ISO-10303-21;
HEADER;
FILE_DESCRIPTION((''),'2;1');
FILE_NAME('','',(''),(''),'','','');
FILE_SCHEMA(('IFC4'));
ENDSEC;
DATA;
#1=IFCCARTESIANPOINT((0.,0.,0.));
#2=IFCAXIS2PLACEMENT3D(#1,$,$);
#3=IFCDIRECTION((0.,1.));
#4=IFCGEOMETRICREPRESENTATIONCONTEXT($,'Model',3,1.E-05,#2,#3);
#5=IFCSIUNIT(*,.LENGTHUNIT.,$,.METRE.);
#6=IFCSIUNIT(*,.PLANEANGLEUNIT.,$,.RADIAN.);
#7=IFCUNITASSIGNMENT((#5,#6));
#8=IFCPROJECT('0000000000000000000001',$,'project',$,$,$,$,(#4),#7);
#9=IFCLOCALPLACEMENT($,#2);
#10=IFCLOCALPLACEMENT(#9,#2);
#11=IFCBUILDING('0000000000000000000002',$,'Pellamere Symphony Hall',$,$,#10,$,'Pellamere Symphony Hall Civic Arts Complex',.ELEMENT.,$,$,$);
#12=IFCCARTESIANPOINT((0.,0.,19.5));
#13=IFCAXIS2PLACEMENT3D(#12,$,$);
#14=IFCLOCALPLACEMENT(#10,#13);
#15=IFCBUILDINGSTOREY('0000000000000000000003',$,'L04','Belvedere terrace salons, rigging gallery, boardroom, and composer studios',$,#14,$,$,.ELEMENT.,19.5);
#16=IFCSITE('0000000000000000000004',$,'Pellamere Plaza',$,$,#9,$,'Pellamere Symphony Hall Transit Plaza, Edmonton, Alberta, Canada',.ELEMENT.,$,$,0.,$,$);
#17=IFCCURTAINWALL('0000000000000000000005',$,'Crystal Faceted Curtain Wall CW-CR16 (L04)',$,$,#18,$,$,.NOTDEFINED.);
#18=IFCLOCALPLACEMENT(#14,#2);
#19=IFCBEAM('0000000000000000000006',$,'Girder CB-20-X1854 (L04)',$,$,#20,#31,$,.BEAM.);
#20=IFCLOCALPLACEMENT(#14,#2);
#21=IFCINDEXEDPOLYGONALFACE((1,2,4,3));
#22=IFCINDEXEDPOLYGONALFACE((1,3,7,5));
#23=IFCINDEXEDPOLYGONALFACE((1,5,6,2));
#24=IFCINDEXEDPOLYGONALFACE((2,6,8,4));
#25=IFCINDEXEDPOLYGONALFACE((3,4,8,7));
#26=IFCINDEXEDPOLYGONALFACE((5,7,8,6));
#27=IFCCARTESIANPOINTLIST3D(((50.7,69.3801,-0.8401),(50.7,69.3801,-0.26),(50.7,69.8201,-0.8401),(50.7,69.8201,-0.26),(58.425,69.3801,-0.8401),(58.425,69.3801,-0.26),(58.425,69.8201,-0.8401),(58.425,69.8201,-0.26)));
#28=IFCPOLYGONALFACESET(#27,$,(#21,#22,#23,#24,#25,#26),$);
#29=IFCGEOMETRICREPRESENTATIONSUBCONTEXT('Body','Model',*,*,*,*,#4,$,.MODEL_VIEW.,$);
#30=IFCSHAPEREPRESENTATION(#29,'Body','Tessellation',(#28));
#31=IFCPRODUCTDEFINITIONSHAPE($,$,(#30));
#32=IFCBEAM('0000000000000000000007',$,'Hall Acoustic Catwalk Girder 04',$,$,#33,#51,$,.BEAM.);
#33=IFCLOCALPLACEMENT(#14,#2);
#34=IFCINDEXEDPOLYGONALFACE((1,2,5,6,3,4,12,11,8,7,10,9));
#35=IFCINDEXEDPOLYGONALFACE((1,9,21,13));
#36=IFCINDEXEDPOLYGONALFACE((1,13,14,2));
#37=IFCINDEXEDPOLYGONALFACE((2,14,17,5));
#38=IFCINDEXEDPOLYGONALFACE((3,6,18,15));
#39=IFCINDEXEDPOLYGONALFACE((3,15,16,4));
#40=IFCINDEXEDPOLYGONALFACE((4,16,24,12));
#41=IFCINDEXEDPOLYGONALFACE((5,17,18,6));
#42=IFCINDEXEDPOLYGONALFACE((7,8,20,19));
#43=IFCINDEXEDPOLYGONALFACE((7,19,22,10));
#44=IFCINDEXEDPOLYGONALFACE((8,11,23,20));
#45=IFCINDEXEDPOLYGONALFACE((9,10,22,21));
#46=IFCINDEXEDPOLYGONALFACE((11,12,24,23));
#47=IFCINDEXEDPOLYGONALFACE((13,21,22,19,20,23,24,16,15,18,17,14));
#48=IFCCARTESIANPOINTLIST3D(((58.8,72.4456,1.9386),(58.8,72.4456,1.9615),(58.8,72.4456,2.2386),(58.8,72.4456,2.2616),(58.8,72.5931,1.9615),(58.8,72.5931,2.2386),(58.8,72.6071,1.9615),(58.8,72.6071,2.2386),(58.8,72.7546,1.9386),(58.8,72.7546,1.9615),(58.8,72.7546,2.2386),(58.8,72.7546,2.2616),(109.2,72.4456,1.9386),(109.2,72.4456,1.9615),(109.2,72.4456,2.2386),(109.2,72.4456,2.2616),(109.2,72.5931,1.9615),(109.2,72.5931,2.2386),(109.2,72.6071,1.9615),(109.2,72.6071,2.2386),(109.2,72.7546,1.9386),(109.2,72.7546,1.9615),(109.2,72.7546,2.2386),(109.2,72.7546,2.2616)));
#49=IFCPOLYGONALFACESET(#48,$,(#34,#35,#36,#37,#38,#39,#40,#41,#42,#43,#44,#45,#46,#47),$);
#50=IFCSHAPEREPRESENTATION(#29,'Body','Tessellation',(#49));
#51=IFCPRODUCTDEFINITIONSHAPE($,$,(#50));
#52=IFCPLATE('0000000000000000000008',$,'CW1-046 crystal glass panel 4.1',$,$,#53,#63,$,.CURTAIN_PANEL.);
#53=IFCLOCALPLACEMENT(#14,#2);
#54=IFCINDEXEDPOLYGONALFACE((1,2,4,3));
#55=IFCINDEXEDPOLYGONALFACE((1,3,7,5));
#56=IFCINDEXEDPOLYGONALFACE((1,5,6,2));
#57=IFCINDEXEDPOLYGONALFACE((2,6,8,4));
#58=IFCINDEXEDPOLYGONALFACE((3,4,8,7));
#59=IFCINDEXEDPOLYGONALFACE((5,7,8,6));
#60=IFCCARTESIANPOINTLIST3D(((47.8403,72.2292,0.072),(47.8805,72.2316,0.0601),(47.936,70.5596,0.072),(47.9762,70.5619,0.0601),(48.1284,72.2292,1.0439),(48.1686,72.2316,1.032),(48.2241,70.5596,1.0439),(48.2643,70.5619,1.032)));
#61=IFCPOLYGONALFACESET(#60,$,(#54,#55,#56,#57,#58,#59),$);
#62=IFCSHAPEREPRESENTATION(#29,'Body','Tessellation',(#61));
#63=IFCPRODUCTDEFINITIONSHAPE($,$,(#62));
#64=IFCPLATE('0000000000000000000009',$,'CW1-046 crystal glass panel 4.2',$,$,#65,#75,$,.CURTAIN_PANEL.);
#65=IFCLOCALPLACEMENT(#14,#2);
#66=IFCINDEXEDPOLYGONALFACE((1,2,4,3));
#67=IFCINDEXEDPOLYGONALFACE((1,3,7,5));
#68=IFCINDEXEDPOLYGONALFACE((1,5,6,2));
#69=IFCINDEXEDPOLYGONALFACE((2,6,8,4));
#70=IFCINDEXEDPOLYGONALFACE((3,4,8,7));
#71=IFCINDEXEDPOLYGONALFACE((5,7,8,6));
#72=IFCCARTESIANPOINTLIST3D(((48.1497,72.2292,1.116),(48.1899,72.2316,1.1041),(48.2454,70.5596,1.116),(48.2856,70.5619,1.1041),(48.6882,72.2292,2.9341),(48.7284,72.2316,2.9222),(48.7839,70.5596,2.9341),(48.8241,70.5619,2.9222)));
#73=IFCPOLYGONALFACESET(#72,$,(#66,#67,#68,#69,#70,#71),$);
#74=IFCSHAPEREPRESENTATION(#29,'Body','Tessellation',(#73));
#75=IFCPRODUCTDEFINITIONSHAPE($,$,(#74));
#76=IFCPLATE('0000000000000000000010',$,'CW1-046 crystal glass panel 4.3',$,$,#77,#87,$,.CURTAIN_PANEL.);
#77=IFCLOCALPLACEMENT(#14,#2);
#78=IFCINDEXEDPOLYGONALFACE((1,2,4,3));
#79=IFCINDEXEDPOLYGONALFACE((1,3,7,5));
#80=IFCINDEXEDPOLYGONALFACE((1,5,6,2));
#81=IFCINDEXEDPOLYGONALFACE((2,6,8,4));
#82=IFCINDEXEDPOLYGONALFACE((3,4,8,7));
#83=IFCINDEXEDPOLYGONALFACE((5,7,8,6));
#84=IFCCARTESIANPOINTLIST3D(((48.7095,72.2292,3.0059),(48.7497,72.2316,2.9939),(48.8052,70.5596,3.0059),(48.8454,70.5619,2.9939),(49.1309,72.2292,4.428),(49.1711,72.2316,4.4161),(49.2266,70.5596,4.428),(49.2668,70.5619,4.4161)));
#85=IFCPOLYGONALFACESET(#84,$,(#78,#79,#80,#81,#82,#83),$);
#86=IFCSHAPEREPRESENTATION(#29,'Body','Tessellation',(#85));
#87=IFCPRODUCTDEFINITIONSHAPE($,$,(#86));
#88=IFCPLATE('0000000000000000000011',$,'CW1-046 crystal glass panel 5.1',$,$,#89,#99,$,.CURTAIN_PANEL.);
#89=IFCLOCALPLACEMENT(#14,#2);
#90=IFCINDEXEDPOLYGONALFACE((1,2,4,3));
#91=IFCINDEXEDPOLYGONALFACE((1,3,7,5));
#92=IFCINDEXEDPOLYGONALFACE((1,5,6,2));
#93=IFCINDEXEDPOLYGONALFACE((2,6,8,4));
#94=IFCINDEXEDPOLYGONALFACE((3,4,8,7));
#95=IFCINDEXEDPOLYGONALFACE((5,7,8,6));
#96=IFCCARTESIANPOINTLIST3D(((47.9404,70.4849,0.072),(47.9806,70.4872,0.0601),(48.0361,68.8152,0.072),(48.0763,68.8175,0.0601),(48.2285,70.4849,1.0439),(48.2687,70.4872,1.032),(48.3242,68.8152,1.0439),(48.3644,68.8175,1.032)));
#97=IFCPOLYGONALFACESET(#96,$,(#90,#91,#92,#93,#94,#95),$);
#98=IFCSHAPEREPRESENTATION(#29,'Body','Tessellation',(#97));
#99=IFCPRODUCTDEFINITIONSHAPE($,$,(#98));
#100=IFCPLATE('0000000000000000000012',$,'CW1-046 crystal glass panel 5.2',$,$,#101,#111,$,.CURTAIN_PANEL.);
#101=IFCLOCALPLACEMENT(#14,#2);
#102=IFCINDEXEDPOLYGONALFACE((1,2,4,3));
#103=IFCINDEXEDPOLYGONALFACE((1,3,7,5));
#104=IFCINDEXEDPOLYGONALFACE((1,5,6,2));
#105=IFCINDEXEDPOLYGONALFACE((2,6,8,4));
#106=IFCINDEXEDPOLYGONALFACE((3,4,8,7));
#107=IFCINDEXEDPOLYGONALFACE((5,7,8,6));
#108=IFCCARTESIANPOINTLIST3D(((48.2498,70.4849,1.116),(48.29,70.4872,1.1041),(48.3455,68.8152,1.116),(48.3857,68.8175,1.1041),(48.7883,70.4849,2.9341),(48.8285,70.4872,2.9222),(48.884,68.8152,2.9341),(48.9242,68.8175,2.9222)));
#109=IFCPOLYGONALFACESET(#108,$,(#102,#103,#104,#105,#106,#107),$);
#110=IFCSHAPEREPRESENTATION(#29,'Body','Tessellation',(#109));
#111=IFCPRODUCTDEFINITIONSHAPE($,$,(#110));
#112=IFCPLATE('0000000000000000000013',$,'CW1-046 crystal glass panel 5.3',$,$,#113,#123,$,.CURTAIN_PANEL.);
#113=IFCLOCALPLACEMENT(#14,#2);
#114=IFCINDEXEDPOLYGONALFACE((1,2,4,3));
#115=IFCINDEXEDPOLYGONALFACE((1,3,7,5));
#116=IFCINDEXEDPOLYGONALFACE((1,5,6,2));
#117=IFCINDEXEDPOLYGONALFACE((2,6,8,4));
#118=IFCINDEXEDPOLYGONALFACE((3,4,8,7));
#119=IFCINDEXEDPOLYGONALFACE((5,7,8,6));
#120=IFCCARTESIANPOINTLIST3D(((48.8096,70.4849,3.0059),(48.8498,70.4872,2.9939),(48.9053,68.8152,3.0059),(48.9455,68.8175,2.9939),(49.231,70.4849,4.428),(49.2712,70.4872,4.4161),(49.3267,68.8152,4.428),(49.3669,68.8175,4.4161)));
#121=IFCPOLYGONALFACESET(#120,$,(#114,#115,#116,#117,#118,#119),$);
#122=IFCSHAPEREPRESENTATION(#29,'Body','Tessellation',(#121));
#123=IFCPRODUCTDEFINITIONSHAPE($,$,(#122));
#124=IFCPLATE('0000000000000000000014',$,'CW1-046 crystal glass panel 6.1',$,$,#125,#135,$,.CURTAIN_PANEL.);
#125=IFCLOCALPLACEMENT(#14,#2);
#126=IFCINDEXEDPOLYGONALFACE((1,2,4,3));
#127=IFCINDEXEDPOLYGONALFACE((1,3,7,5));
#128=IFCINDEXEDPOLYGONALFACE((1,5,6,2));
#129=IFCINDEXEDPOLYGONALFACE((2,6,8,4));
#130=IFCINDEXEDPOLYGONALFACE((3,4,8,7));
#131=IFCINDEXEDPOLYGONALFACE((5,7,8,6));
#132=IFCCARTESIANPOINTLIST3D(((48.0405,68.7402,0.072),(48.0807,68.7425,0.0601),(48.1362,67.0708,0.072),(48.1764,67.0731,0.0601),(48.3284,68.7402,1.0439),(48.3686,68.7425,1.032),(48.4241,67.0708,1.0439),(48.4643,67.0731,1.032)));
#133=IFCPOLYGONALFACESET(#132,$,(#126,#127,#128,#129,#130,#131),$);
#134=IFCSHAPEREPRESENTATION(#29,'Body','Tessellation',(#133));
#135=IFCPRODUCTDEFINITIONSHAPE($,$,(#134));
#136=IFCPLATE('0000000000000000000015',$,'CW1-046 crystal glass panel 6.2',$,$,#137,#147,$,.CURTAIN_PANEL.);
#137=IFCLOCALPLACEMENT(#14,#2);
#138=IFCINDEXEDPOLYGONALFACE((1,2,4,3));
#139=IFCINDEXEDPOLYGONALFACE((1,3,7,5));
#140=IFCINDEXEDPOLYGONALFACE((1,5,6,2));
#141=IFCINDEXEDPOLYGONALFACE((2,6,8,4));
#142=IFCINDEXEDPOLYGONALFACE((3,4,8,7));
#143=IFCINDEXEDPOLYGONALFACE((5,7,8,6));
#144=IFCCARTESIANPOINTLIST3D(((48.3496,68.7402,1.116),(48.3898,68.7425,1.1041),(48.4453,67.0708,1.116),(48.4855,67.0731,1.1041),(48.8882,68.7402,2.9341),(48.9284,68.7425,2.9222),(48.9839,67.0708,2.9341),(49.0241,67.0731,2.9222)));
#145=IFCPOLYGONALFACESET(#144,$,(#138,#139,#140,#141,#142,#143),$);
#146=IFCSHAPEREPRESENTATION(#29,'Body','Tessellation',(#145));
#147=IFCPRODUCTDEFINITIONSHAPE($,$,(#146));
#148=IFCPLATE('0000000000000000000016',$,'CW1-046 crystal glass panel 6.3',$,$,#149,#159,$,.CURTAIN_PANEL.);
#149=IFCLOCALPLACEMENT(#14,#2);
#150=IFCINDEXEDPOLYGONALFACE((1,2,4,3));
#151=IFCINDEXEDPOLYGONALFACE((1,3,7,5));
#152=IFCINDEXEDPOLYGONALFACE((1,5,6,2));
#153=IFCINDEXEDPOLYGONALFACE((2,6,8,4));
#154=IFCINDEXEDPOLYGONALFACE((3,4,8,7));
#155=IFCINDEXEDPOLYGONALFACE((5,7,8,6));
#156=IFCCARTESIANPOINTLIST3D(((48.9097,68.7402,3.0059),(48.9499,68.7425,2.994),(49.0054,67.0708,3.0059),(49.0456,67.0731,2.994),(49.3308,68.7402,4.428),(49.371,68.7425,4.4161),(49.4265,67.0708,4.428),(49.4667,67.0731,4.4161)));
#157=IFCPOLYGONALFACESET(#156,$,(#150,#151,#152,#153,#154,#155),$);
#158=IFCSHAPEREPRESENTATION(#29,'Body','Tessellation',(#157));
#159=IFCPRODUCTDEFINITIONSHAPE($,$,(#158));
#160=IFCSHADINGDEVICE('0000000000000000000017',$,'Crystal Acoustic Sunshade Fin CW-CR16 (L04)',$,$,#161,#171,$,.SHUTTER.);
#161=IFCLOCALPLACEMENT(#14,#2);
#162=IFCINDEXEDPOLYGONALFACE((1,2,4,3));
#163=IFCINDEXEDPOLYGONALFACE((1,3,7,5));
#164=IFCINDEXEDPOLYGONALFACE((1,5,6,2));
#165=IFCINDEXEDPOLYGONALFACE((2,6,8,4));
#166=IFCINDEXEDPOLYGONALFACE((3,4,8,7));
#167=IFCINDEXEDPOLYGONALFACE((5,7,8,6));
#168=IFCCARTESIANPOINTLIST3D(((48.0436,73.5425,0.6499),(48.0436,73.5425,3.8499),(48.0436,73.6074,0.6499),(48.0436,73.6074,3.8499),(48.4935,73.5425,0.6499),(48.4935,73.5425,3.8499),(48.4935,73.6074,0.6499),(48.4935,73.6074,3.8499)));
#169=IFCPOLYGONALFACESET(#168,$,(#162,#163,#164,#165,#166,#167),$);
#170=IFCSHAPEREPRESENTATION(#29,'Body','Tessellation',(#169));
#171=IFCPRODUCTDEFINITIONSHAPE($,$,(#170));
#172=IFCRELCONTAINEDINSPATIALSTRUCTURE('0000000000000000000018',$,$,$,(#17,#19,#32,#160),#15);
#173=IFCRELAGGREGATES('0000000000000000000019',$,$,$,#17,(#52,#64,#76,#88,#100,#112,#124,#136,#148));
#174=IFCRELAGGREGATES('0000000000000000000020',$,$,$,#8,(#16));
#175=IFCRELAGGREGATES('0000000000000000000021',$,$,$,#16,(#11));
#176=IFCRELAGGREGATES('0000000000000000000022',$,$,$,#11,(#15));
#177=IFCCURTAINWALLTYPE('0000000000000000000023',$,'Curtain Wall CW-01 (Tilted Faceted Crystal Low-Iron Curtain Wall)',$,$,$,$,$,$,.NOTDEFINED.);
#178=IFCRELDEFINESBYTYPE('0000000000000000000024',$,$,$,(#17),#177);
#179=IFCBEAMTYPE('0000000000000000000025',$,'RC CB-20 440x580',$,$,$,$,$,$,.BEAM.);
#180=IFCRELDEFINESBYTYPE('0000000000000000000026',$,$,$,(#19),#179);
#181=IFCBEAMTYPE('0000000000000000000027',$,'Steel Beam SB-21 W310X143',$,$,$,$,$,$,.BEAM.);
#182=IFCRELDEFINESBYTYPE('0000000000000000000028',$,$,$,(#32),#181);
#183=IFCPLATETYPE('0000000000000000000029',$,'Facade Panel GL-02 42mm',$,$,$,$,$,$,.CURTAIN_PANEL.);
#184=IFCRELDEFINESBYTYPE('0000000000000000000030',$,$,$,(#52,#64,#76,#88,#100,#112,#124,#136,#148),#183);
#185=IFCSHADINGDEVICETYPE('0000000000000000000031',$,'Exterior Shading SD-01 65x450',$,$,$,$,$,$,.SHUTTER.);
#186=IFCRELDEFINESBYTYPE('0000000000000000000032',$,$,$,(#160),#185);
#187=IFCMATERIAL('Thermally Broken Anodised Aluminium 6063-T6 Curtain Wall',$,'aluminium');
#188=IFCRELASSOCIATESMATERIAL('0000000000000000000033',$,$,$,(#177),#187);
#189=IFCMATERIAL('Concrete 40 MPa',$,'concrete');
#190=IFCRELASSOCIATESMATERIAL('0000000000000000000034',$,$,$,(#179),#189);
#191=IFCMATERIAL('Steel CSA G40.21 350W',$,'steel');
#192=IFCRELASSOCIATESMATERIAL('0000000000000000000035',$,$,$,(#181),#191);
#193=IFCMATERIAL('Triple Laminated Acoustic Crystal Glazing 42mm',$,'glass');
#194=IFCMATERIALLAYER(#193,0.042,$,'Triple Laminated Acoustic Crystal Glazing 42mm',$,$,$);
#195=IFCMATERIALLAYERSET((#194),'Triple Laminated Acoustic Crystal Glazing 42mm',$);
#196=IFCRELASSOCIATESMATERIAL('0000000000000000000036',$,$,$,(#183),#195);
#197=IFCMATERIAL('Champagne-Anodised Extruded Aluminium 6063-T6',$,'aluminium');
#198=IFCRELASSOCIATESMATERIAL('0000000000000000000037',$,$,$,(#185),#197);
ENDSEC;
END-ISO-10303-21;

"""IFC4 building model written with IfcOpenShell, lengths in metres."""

from ifc_helpers import new_model, si_unit, direction, frame, origin, origin_2d, place, context, subcontext, project, spatial, polyline, rectangle, i_section, outline, extrude, material, layer, layer_set, material_profile, profile_set, type_object, element, aggregate, save


model = new_model("IFC4")

# Units and contexts
model_context = context("Model", 3, precision=1e-05, world=origin(), true_north=direction((0.0, 1.0)))
body_context = subcontext(model_context, "Body", "Model", "MODEL_VIEW")
ifc_project = project(units=[si_unit("LENGTHUNIT", "METRE"), si_unit("PLANEANGLEUNIT", "RADIAN")], contexts=[model_context])

# Site, building, storey
site_placement = place(None, origin())
site = spatial("IfcSite", under=ifc_project, at=site_placement, Name="Pellamere Plaza", LongName="Pellamere Symphony Hall Transit Plaza, Edmonton, Alberta, Canada", CompositionType="ELEMENT", RefElevation=0.0)
building_placement = place(site_placement, origin())
building = spatial("IfcBuilding", under=site, at=building_placement, Name="Pellamere Symphony Hall", LongName="Pellamere Symphony Hall Civic Arts Complex", CompositionType="ELEMENT")
storey_placement = place(building_placement, frame((0.0, 0.0, 19.5)))
storey = spatial("IfcBuildingStorey", under=building, at=storey_placement, Name="L04", Description="Belvedere terrace salons, rigging gallery, boardroom, and composer studios", CompositionType="ELEMENT", Elevation=19.5)

# Shared definitions
ifc_material_1 = material(Name="Concrete 40 MPa", Category="concrete")

# Curtain wall
ifc_material_2 = material(Name="Thermally Broken Anodised Aluminium 6063-T6 Curtain Wall", Category="aluminium")
curtain_wall_type = type_object("IfcCurtainWallType", Name="Curtain Wall CW-01 (Tilted Faceted Crystal Low-Iron Curtain Wall)", PredefinedType="NOTDEFINED", material=ifc_material_2)
curtain_wall_placement = place(storey_placement, origin())
curtain_wall = element("IfcCurtainWall", 1, at=curtain_wall_placement, inside=storey, type_object=curtain_wall_type, Name="Crystal Faceted Curtain Wall CW-CR16 (L04)", PredefinedType="NOTDEFINED")

# Beams
ifc_material_profile_1 = material_profile(ifc_material_1, rectangle(XDim=0.4399, YDim=0.5801, at=origin_2d()), Name="RC 440x580")
ifc_profile_set_1 = profile_set([ifc_material_profile_1], Name="Concrete 40 MPa")
beam_type_1 = type_object("IfcBeamType", Name="RC CB-20 440x580", PredefinedType="BEAM", material=ifc_profile_set_1)
beam_1_placement = place(storey_placement, frame((50.7, 69.6001, -0.55), z_axis=(1.0, 0.0, 0.0), x_axis=(0.0, 1.0, 0.0)))
element("IfcBeam", 2, at=beam_1_placement, inside=storey, type_object=beam_type_1, Name="Girder CB-20-X1854 (L04)", PredefinedType="BEAM", context=body_context, shape_type="SweptSolid", body=[
    extrude(rectangle(XDim=0.4399, YDim=0.5801, at=origin_2d()), origin(), (0.0, 0.0, 1.0), 7.7251),
])
ifc_material_3 = material(Name="Steel CSA G40.21 350W", Category="steel")
ifc_material_profile_2 = material_profile(ifc_material_3, i_section(OverallWidth=0.3091, OverallDepth=0.323, WebThickness=0.0139, FlangeThickness=0.0229, at=origin_2d()), Name="W310X143")
ifc_profile_set_2 = profile_set([ifc_material_profile_2], Name="Steel CSA G40.21 350W")
beam_type_2 = type_object("IfcBeamType", Name="Steel Beam SB-21 W310X143", PredefinedType="BEAM", material=ifc_profile_set_2)
beam_2_placement = place(storey_placement, frame((58.8, 72.6001, 2.1001), z_axis=(1.0, 0.0, 0.0), x_axis=(0.0, 1.0, 0.0)))
element("IfcBeam", 3, at=beam_2_placement, inside=storey, type_object=beam_type_2, Name="Hall Acoustic Catwalk Girder 04", PredefinedType="BEAM", context=body_context, shape_type="SweptSolid", body=[
    extrude(i_section(OverallWidth=0.3091, OverallDepth=0.323, WebThickness=0.0139, FlangeThickness=0.0229, at=origin_2d()), origin(), (0.0, 0.0, 1.0), 50.3999),
])

# Plates
ifc_material_4 = material(Name="Triple Laminated Acoustic Crystal Glazing 42mm", Category="glass")
ifc_layer = layer(ifc_material_4, 0.042, Name="Triple Laminated Acoustic Crystal Glazing 42mm")
ifc_layer_set = layer_set([ifc_layer], Name="Triple Laminated Acoustic Crystal Glazing 42mm")
plate_type = type_object("IfcPlateType", Name="Facade Panel GL-02 42mm", PredefinedType="CURTAIN_PANEL", material=ifc_layer_set)
plate_1_placement = place(storey_placement, frame((47.8403, 72.2292, 0.072), z_axis=(-0.957324, -0.054872, 0.283759), x_axis=(0.057224, -0.998361, 0.0)))
plate_1 = element("IfcPlate", 4, at=plate_1_placement, type_object=plate_type, Name="CW1-046 crystal glass panel 4.1", PredefinedType="CURTAIN_PANEL", context=body_context, shape_type="SweptSolid", body=[
    extrude(outline(polyline([(0.0, 0.0), (1.6724, 0.0), (1.6889, 1.0136), (0.0165, 1.0136), (0.0, 0.0)])), origin(), (0.0, 0.0, -1.0), 0.042),
])
plate_2_placement = place(storey_placement, frame((48.1497, 72.2292, 1.116), z_axis=(-0.957372, -0.054875, 0.283599), x_axis=(0.057224, -0.998361, 0.0)))
plate_2 = element("IfcPlate", 5, at=plate_2_placement, type_object=plate_type, Name="CW1-046 crystal glass panel 4.2", PredefinedType="CURTAIN_PANEL", context=body_context, shape_type="SweptSolid", body=[
    extrude(outline(polyline([(0.0, 0.0), (1.6724, 0.0), (1.7032, 1.896), (0.0308, 1.896), (0.0, 0.0)])), origin(), (0.0, 0.0, -1.0), 0.042),
])
plate_3_placement = place(storey_placement, frame((48.7095, 72.2292, 3.0059), z_axis=(-0.95735, -0.054874, 0.283671), x_axis=(0.057224, -0.998361, 0.0)))
plate_3 = element("IfcPlate", 6, at=plate_3_placement, type_object=plate_type, Name="CW1-046 crystal glass panel 4.3", PredefinedType="CURTAIN_PANEL", context=body_context, shape_type="SweptSolid", body=[
    extrude(outline(polyline([(0.0, 0.0), (1.6724, 0.0), (1.6965, 1.483), (0.0241, 1.483), (0.0, 0.0)])), origin(), (0.0, 0.0, -1.0), 0.042),
])
plate_4_placement = place(storey_placement, frame((47.9404, 70.4849, 0.072), z_axis=(-0.957324, -0.054872, 0.283759), x_axis=(0.057224, -0.998361, 0.0)))
plate_4 = element("IfcPlate", 7, at=plate_4_placement, type_object=plate_type, Name="CW1-046 crystal glass panel 5.1", PredefinedType="CURTAIN_PANEL", context=body_context, shape_type="SweptSolid", body=[
    extrude(outline(polyline([(0.0, 0.0), (1.6724, 0.0), (1.6889, 1.0136), (0.0165, 1.0136), (0.0, 0.0)])), origin(), (0.0, 0.0, -1.0), 0.042),
])
plate_5_placement = place(storey_placement, frame((48.2498, 70.4849, 1.116), z_axis=(-0.957372, -0.054875, 0.283599), x_axis=(0.057224, -0.998361, 0.0)))
plate_5 = element("IfcPlate", 8, at=plate_5_placement, type_object=plate_type, Name="CW1-046 crystal glass panel 5.2", PredefinedType="CURTAIN_PANEL", context=body_context, shape_type="SweptSolid", body=[
    extrude(outline(polyline([(0.0, 0.0), (1.6724, 0.0), (1.7032, 1.896), (0.0308, 1.896), (0.0, 0.0)])), origin(), (0.0, 0.0, -1.0), 0.042),
])
plate_6_placement = place(storey_placement, frame((48.8096, 70.4849, 3.0059), z_axis=(-0.95735, -0.054874, 0.283671), x_axis=(0.057224, -0.998361, 0.0)))
plate_6 = element("IfcPlate", 9, at=plate_6_placement, type_object=plate_type, Name="CW1-046 crystal glass panel 5.3", PredefinedType="CURTAIN_PANEL", context=body_context, shape_type="SweptSolid", body=[
    extrude(outline(polyline([(0.0, 0.0), (1.6724, 0.0), (1.6965, 1.483), (0.0241, 1.483), (0.0, 0.0)])), origin(), (0.0, 0.0, -1.0), 0.042),
])
plate_7_placement = place(storey_placement, frame((48.0405, 68.7402, 0.072), z_axis=(-0.957389, -0.054884, 0.283537), x_axis=(0.057233, -0.998361, 0.0)))
plate_7 = element("IfcPlate", 10, at=plate_7_placement, type_object=plate_type, Name="CW1-046 crystal glass panel 6.1", PredefinedType="CURTAIN_PANEL", context=body_context, shape_type="SweptSolid", body=[
    extrude(outline(polyline([(0.0, 0.0), (1.6722, 0.0), (1.6886, 1.0135), (0.0165, 1.0135), (0.0, 0.0)])), origin(), (0.0, 0.0, -1.0), 0.042),
])
plate_8_placement = place(storey_placement, frame((48.3496, 68.7402, 1.116), z_axis=(-0.957371, -0.054883, 0.283599), x_axis=(0.057233, -0.998361, 0.0)))
plate_8 = element("IfcPlate", 11, at=plate_8_placement, type_object=plate_type, Name="CW1-046 crystal glass panel 6.2", PredefinedType="CURTAIN_PANEL", context=body_context, shape_type="SweptSolid", body=[
    extrude(outline(polyline([(0.0, 0.0), (1.6722, 0.0), (1.703, 1.896), (0.0308, 1.896), (0.0, 0.0)])), origin(), (0.0, 0.0, -1.0), 0.042),
])
plate_9_placement = place(storey_placement, frame((48.9097, 68.7402, 3.0059), z_axis=(-0.957394, -0.054884, 0.28352), x_axis=(0.057233, -0.998361, 0.0)))
plate_9 = element("IfcPlate", 12, at=plate_9_placement, type_object=plate_type, Name="CW1-046 crystal glass panel 6.3", PredefinedType="CURTAIN_PANEL", context=body_context, shape_type="SweptSolid", body=[
    extrude(outline(polyline([(0.0, 0.0), (1.6722, 0.0), (1.6963, 1.483), (0.0241, 1.483), (0.0, 0.0)])), origin(), (0.0, 0.0, -1.0), 0.042),
])
aggregate(curtain_wall, [plate_1, plate_2, plate_3, plate_4, plate_5, plate_6, plate_7, plate_8, plate_9])

# Shading device
ifc_material_5 = material(Name="Champagne-Anodised Extruded Aluminium 6063-T6", Category="aluminium")
shading_device_type = type_object("IfcShadingDeviceType", Name="Exterior Shading SD-01 65x450", PredefinedType="SHUTTER", material=ifc_material_5)
shading_device_placement = place(storey_placement, frame((48.2686, 73.575, 0.6499), z_axis=(0.0, 0.0, 1.0), x_axis=(0.0, 1.0, 0.0)))
element("IfcShadingDevice", 13, at=shading_device_placement, inside=storey, type_object=shading_device_type, Name="Crystal Acoustic Sunshade Fin CW-CR16 (L04)", PredefinedType="SHUTTER", context=body_context, shape_type="SweptSolid", body=[
    extrude(rectangle(XDim=0.0649, YDim=0.45, at=origin_2d()), origin(), (0.0, 0.0, 1.0), 3.2),
])

save(model, "model.ifc")
